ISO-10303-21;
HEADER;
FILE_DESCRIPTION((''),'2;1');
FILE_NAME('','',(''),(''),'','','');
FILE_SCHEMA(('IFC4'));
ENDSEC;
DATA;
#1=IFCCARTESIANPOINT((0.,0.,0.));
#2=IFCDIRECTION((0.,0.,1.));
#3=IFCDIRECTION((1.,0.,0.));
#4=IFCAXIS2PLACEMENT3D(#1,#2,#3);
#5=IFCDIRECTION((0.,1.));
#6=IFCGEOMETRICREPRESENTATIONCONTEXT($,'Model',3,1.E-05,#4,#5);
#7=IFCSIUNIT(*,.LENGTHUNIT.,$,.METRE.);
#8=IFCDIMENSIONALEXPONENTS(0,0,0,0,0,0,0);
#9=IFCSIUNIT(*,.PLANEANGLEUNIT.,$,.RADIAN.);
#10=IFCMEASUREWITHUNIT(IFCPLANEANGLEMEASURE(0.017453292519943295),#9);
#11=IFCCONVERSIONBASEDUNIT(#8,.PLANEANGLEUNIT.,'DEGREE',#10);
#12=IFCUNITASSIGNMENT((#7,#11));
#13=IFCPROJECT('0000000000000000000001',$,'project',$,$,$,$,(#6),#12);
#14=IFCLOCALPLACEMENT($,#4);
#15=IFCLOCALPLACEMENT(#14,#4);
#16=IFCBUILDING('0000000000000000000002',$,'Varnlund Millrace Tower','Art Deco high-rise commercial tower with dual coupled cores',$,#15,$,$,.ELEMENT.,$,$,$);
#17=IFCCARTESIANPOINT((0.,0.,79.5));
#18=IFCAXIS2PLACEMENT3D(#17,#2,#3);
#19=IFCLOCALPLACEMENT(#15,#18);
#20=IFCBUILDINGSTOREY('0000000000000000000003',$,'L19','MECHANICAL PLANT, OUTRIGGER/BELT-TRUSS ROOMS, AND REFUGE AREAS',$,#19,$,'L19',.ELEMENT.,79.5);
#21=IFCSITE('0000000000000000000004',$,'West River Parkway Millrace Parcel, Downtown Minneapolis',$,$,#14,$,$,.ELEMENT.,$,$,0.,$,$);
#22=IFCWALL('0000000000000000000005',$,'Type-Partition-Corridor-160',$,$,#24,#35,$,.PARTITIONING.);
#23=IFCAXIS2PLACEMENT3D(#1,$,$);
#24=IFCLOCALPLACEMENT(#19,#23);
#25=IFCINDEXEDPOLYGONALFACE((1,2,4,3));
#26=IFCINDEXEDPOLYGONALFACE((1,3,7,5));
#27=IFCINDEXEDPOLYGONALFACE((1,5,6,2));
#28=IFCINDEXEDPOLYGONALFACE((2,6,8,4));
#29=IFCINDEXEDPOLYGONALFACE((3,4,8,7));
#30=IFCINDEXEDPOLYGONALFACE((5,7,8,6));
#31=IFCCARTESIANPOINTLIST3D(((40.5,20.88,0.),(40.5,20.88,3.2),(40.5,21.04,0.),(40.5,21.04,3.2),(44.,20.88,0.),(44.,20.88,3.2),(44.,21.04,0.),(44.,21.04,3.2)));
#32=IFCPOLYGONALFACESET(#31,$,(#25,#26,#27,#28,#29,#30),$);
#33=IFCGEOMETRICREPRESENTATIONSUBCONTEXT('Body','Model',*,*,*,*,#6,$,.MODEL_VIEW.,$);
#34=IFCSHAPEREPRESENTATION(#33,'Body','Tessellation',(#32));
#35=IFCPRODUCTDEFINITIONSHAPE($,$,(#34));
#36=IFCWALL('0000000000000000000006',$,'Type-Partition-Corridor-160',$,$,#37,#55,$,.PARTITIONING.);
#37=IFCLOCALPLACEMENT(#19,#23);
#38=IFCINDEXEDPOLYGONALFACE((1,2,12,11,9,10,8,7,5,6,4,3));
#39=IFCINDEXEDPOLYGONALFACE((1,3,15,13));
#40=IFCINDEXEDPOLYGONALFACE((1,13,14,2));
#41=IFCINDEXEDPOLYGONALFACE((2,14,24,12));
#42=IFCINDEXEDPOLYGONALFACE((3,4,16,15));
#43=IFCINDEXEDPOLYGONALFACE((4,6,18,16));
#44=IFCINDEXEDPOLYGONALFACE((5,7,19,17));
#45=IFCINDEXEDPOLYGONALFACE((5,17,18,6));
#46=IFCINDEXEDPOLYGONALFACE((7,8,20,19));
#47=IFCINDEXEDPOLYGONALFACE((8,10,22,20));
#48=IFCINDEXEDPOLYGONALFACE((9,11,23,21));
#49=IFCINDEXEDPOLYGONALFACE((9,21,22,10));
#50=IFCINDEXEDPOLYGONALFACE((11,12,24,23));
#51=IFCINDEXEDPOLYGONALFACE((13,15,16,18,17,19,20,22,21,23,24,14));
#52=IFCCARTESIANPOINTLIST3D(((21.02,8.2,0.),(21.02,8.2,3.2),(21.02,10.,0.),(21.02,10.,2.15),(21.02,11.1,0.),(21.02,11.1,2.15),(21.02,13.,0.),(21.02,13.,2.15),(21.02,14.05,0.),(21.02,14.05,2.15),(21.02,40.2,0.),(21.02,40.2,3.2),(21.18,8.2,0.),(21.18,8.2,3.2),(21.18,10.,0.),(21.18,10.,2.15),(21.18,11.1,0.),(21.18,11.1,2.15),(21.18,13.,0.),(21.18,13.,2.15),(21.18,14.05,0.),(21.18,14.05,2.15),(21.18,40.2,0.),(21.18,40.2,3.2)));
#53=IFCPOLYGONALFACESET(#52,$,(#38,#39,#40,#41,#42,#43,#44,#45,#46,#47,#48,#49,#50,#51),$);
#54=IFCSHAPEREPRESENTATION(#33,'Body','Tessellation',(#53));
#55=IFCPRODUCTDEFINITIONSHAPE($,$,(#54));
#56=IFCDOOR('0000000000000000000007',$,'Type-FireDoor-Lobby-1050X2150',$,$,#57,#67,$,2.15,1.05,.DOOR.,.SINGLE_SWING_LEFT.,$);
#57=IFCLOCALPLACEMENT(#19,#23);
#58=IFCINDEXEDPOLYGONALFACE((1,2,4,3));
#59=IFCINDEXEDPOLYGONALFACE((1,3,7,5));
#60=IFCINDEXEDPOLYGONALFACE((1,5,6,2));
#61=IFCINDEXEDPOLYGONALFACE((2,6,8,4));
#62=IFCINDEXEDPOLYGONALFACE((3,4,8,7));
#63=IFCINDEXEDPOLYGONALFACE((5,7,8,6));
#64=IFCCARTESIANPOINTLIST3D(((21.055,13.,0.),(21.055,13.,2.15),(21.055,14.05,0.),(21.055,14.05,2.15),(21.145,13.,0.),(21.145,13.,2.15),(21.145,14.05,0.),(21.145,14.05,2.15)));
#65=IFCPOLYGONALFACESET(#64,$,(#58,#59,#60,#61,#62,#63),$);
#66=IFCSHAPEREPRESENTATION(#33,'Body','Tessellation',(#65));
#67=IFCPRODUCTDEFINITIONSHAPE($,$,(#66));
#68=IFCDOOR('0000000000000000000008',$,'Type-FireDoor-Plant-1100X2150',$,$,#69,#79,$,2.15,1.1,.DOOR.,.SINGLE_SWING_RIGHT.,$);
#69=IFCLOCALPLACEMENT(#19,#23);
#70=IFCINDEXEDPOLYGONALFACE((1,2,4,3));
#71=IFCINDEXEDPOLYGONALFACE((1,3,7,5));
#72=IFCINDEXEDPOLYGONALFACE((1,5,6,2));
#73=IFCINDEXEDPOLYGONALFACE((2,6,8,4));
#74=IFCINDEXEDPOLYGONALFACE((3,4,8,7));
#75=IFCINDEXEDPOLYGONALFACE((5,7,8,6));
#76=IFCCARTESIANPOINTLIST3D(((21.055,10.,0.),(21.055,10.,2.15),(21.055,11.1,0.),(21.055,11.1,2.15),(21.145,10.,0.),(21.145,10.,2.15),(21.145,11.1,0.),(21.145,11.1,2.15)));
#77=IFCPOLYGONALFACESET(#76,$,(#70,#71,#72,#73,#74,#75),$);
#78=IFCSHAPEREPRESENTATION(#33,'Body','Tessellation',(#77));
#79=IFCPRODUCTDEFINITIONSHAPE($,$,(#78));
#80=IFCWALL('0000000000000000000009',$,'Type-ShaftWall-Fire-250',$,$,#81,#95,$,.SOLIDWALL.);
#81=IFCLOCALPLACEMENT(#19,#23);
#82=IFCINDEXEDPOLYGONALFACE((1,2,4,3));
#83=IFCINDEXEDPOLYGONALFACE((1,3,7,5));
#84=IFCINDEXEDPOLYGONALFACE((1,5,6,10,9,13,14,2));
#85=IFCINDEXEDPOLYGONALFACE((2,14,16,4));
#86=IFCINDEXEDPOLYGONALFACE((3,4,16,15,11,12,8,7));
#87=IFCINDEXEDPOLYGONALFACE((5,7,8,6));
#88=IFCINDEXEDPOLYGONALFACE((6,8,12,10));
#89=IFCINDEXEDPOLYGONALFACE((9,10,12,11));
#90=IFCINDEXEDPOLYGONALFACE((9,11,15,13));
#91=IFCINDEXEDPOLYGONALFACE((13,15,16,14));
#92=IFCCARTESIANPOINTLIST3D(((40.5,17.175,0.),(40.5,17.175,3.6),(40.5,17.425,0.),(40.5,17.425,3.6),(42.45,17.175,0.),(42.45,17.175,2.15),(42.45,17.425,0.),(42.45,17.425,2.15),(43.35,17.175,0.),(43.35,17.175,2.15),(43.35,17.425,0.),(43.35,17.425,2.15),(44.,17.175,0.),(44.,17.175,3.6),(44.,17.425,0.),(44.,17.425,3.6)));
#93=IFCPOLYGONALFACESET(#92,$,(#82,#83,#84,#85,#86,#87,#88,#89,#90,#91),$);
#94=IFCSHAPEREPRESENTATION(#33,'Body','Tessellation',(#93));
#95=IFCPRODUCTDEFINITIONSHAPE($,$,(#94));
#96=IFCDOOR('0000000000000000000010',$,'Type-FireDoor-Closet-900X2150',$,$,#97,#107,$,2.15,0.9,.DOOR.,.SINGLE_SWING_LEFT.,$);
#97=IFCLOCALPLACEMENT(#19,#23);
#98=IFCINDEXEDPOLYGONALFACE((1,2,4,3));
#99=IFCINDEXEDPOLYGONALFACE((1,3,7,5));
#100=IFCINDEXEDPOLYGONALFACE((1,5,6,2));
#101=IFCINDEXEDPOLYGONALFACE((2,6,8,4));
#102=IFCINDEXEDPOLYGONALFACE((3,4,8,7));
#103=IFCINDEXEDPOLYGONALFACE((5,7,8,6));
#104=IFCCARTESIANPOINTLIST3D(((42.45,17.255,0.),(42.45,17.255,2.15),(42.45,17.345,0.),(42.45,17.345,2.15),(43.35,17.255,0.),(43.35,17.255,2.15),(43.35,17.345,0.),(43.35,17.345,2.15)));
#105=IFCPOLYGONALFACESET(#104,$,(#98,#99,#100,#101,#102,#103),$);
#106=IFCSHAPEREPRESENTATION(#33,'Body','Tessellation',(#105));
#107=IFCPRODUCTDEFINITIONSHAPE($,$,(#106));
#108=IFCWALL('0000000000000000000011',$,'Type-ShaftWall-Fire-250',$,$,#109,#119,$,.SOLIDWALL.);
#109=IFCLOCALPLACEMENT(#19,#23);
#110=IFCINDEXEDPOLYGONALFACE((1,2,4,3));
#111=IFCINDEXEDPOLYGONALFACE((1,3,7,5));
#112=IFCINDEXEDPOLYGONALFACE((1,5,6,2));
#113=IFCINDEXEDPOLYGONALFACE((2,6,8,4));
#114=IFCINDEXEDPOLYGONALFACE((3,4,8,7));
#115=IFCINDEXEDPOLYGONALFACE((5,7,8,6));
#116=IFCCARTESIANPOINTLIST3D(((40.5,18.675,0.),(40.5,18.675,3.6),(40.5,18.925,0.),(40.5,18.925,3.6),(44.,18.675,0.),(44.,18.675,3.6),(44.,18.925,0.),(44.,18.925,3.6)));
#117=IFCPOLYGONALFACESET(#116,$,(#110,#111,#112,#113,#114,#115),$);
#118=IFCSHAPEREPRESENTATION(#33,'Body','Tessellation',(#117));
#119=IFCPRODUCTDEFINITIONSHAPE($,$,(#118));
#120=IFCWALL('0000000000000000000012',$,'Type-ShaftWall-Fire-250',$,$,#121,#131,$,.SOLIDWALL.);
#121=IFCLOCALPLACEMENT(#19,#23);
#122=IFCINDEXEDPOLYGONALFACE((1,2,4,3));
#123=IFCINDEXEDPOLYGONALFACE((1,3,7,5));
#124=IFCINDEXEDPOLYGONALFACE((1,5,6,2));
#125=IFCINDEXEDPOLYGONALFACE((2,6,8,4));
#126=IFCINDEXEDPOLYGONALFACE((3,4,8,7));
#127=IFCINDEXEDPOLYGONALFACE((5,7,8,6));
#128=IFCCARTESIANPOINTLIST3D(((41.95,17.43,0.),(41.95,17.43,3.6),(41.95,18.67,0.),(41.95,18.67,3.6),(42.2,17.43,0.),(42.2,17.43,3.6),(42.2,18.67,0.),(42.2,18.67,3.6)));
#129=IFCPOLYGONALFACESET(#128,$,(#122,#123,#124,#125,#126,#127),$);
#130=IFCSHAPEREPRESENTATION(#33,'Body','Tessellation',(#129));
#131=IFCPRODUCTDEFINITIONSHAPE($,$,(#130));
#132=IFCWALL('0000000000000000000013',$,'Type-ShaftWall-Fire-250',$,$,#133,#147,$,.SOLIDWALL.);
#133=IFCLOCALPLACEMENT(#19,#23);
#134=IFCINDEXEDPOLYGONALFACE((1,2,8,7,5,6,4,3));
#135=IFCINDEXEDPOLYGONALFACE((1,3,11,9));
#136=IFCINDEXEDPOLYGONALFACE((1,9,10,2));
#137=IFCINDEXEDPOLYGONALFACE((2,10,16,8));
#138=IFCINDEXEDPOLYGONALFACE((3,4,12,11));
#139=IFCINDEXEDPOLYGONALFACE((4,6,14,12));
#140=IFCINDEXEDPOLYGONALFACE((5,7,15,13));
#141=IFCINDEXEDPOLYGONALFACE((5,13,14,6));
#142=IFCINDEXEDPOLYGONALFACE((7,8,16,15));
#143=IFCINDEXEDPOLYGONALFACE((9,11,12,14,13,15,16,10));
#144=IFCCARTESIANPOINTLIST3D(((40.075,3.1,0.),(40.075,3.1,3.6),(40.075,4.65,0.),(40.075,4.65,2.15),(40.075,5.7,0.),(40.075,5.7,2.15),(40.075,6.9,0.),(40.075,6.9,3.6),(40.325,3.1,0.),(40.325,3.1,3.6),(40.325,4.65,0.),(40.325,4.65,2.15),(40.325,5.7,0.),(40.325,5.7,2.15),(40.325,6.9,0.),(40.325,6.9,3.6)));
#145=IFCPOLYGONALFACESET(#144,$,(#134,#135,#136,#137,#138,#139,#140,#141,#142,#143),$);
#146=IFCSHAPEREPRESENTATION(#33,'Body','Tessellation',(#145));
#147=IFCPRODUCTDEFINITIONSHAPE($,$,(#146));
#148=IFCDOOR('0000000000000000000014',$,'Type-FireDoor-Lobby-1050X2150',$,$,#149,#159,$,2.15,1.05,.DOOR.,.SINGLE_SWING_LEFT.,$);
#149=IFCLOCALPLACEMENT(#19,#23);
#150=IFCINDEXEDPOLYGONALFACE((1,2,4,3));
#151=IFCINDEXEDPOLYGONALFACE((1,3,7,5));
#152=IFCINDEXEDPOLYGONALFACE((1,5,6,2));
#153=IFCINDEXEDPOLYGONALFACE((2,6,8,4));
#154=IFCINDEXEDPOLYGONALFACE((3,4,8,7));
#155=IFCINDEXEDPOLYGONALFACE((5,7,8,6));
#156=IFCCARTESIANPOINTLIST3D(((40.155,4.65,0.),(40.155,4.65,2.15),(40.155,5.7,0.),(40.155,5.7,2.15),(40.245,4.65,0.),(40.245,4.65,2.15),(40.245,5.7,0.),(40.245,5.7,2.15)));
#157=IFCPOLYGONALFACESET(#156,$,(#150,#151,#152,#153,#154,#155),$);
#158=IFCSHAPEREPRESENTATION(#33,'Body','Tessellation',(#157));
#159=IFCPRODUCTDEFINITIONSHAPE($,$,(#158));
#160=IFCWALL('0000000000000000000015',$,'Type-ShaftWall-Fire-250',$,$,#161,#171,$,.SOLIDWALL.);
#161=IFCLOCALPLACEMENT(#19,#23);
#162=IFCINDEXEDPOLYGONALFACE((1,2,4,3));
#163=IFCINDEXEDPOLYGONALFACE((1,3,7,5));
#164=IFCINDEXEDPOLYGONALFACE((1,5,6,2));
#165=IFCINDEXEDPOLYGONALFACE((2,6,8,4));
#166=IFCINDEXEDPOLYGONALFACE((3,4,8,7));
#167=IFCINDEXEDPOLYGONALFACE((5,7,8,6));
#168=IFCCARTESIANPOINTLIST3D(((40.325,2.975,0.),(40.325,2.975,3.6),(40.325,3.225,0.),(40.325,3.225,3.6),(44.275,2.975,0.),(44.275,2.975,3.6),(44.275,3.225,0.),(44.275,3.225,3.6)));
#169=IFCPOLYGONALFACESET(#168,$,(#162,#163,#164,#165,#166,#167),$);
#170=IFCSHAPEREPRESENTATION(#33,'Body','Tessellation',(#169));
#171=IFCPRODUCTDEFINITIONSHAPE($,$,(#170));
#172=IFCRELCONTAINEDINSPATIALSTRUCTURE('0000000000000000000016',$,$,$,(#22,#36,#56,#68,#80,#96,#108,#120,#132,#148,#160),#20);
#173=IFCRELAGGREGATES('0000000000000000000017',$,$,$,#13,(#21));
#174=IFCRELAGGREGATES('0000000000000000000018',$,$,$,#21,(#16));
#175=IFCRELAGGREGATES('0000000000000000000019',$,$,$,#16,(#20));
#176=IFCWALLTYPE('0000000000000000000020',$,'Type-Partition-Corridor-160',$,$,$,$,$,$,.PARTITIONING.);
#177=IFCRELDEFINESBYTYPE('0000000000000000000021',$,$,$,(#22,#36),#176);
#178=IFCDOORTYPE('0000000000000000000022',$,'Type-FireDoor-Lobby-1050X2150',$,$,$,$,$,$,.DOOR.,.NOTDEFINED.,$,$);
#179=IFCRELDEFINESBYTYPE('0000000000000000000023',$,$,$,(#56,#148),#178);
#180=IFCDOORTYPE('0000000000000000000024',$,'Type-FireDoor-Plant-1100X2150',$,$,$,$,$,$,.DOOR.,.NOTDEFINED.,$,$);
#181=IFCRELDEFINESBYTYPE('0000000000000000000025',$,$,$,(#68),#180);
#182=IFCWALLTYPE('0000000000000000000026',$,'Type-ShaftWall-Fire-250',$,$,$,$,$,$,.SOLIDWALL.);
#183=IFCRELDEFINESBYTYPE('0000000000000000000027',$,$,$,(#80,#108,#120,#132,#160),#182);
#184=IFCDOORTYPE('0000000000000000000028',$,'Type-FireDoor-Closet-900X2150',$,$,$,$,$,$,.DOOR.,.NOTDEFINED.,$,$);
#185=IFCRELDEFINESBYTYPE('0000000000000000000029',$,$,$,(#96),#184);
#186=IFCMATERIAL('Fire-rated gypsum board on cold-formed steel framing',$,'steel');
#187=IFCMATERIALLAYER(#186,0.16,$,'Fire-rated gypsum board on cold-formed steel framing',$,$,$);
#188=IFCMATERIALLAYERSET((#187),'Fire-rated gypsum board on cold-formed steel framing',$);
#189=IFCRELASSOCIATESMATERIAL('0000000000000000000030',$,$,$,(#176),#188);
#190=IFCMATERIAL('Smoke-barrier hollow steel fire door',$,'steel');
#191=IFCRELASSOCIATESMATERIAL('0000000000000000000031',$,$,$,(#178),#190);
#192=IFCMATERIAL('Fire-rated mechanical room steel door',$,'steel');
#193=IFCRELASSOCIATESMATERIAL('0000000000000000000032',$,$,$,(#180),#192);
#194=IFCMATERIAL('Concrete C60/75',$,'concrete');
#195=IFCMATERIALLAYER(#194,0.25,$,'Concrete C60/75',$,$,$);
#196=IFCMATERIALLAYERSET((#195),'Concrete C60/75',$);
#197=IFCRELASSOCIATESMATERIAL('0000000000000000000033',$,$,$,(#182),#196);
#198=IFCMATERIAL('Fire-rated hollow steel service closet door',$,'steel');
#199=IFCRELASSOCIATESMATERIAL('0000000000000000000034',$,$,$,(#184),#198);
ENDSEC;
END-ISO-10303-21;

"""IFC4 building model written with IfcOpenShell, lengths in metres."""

from ifc_helpers import new_model, entity, si_unit, converted_unit, direction, frame, origin_with_axes, origin_2d_with_axis, place, context, subcontext, project, spatial, polyline, rectangle, outline, extrude, material, layer, layer_set, type_object, element, fill, save


model = new_model("IFC4")

# Units and contexts
model_context = context("Model", 3, precision=1e-05, world=origin_with_axes(), true_north=direction((0.0, 1.0)))
body_context = subcontext(model_context, "Body", "Model", "MODEL_VIEW")
ifc_project = project(units=[si_unit("LENGTHUNIT", "METRE"), converted_unit("PLANEANGLEUNIT", "DEGREE", entity("IfcPlaneAngleMeasure", 0.017453292519943295), si_unit("PLANEANGLEUNIT", "RADIAN"), dimensions=[0, 0, 0, 0, 0, 0, 0])], contexts=[model_context])

# Site, building, storey
site_placement = place(None, origin_with_axes())
site = spatial("IfcSite", under=ifc_project, at=site_placement, Name="West River Parkway Millrace Parcel, Downtown Minneapolis", CompositionType="ELEMENT", RefElevation=0.0)
building_placement = place(site_placement, origin_with_axes())
building = spatial("IfcBuilding", under=site, at=building_placement, Name="Varnlund Millrace Tower", Description="Art Deco high-rise commercial tower with dual coupled cores", CompositionType="ELEMENT")
storey_placement = place(building_placement, frame((0.0, 0.0, 79.5), z_axis=(0.0, 0.0, 1.0), x_axis=(1.0, 0.0, 0.0)))
storey = spatial("IfcBuildingStorey", under=building, at=storey_placement, Name="L19", Description="MECHANICAL PLANT, OUTRIGGER/BELT-TRUSS ROOMS, AND REFUGE AREAS", LongName="L19", CompositionType="ELEMENT", Elevation=79.5)

# Wall
ifc_material_1 = material(Name="Fire-rated gypsum board on cold-formed steel framing", Category="steel")
ifc_layer_1 = layer(ifc_material_1, 0.16, Name="Fire-rated gypsum board on cold-formed steel framing")
ifc_layer_set_1 = layer_set([ifc_layer_1], Name="Fire-rated gypsum board on cold-formed steel framing")
wall_type_1 = type_object("IfcWallType", Name="Type-Partition-Corridor-160", PredefinedType="PARTITIONING", material=ifc_layer_set_1)
wall_1_placement = place(storey_placement, frame((40.5, 20.96, 0.0), z_axis=(0.0, 0.0, 1.0), x_axis=(1.0, 0.0, 0.0)))
element("IfcWall", 1, at=wall_1_placement, inside=storey, type_object=wall_type_1, Name="Type-Partition-Corridor-160", PredefinedType="PARTITIONING", context=body_context, shape_type="SweptSolid", body=[
    extrude(outline(polyline([(0.0, -0.08), (3.5, -0.08), (3.5, 0.08), (0.0, 0.08), (0.0, -0.08)])), origin_with_axes(), (0.0, 0.0, 1.0), 3.2),
])

# Wall, openings, doors
wall_2_placement = place(storey_placement, frame((21.1, 8.2, 0.0), z_axis=(0.0, 0.0, 1.0), x_axis=(0.0, 1.0, 0.0)))
wall_2 = element("IfcWall", 2, at=wall_2_placement, inside=storey, type_object=wall_type_1, Name="Type-Partition-Corridor-160", PredefinedType="PARTITIONING", context=body_context, shape_type="SweptSolid", body=[
    extrude(outline(polyline([(0.0, -0.08), (32.0, -0.08), (32.0, 0.08), (0.0, 0.08), (0.0, -0.08)])), origin_with_axes(), (0.0, 0.0, 1.0), 3.2),
])
opening_1_placement = place(wall_2_placement, frame((5.325, 0.0, 0.0), z_axis=(0.0, 0.0, 1.0), x_axis=(1.0, 0.0, 0.0)))
opening_1 = element("IfcOpeningElement", 3, at=opening_1_placement, cuts=wall_2, PredefinedType="OPENING", context=body_context, shape_type="SweptSolid", body=[
    extrude(rectangle(XDim=1.05, YDim=0.18, at=origin_2d_with_axis()), origin_with_axes(), (0.0, 0.0, 1.0), 2.15),
])
opening_2_placement = place(wall_2_placement, frame((2.35, 0.0, 0.0), z_axis=(0.0, 0.0, 1.0), x_axis=(1.0, 0.0, 0.0)))
opening_2 = element("IfcOpeningElement", 4, at=opening_2_placement, cuts=wall_2, PredefinedType="OPENING", context=body_context, shape_type="SweptSolid", body=[
    extrude(rectangle(XDim=1.1, YDim=0.18, at=origin_2d_with_axis()), origin_with_axes(), (0.0, 0.0, 1.0), 2.15),
])
ifc_material_2 = material(Name="Smoke-barrier hollow steel fire door", Category="steel")
door_type_1 = type_object("IfcDoorType", Name="Type-FireDoor-Lobby-1050X2150", OperationType="NOTDEFINED", PredefinedType="DOOR", material=ifc_material_2)
door_1_placement = place(wall_2_placement, frame((5.325, 0.0, 0.0), z_axis=(0.0, 0.0, 1.0), x_axis=(1.0, 0.0, 0.0)))
door_1 = element("IfcDoor", 5, at=door_1_placement, inside=storey, type_object=door_type_1, Name="Type-FireDoor-Lobby-1050X2150", OperationType="SINGLE_SWING_LEFT", OverallHeight=2.15, OverallWidth=1.05, PredefinedType="DOOR", context=body_context, shape_type="SweptSolid", body=[
    extrude(rectangle(XDim=1.05, YDim=0.09, at=origin_2d_with_axis()), origin_with_axes(), (0.0, 0.0, 1.0), 2.15),
])
fill(opening_1, door_1)
ifc_material_3 = material(Name="Fire-rated mechanical room steel door", Category="steel")
door_type_2 = type_object("IfcDoorType", Name="Type-FireDoor-Plant-1100X2150", OperationType="NOTDEFINED", PredefinedType="DOOR", material=ifc_material_3)
door_2_placement = place(wall_2_placement, frame((2.35, 0.0, 0.0), z_axis=(0.0, 0.0, 1.0), x_axis=(1.0, 0.0, 0.0)))
door_2 = element("IfcDoor", 6, at=door_2_placement, inside=storey, type_object=door_type_2, Name="Type-FireDoor-Plant-1100X2150", OperationType="SINGLE_SWING_RIGHT", OverallHeight=2.15, OverallWidth=1.1, PredefinedType="DOOR", context=body_context, shape_type="SweptSolid", body=[
    extrude(rectangle(XDim=1.1, YDim=0.09, at=origin_2d_with_axis()), origin_with_axes(), (0.0, 0.0, 1.0), 2.15),
])
fill(opening_2, door_2)

# Wall, opening, door
ifc_material_4 = material(Name="Concrete C60/75", Category="concrete")
ifc_layer_2 = layer(ifc_material_4, 0.25, Name="Concrete C60/75")
ifc_layer_set_2 = layer_set([ifc_layer_2], Name="Concrete C60/75")
wall_type_2 = type_object("IfcWallType", Name="Type-ShaftWall-Fire-250", PredefinedType="SOLIDWALL", material=ifc_layer_set_2)
wall_3_placement = place(storey_placement, frame((40.5, 17.3, 0.0), z_axis=(0.0, 0.0, 1.0), x_axis=(1.0, 0.0, 0.0)))
wall_3 = element("IfcWall", 7, at=wall_3_placement, inside=storey, type_object=wall_type_2, Name="Type-ShaftWall-Fire-250", PredefinedType="SOLIDWALL", context=body_context, shape_type="SweptSolid", body=[
    extrude(outline(polyline([(0.0, -0.125), (3.5, -0.125), (3.5, 0.125), (0.0, 0.125), (0.0, -0.125)])), origin_with_axes(), (0.0, 0.0, 1.0), 3.6),
])
opening_3_placement = place(wall_3_placement, frame((2.4, 0.0, 0.0), z_axis=(0.0, 0.0, 1.0), x_axis=(1.0, 0.0, 0.0)))
opening_3 = element("IfcOpeningElement", 8, at=opening_3_placement, cuts=wall_3, PredefinedType="OPENING", context=body_context, shape_type="SweptSolid", body=[
    extrude(rectangle(XDim=0.9, YDim=0.27, at=origin_2d_with_axis()), origin_with_axes(), (0.0, 0.0, 1.0), 2.15),
])
ifc_material_5 = material(Name="Fire-rated hollow steel service closet door", Category="steel")
door_type_3 = type_object("IfcDoorType", Name="Type-FireDoor-Closet-900X2150", OperationType="NOTDEFINED", PredefinedType="DOOR", material=ifc_material_5)
door_3_placement = place(wall_3_placement, frame((2.4, 0.0, 0.0), z_axis=(0.0, 0.0, 1.0), x_axis=(1.0, 0.0, 0.0)))
door_3 = element("IfcDoor", 9, at=door_3_placement, inside=storey, type_object=door_type_3, Name="Type-FireDoor-Closet-900X2150", OperationType="SINGLE_SWING_LEFT", OverallHeight=2.15, OverallWidth=0.9, PredefinedType="DOOR", context=body_context, shape_type="SweptSolid", body=[
    extrude(rectangle(XDim=0.9, YDim=0.09, at=origin_2d_with_axis()), origin_with_axes(), (0.0, 0.0, 1.0), 2.15),
])
fill(opening_3, door_3)

# Walls
wall_4_placement = place(storey_placement, frame((40.5, 18.8, 0.0), z_axis=(0.0, 0.0, 1.0), x_axis=(1.0, 0.0, 0.0)))
element("IfcWall", 10, at=wall_4_placement, inside=storey, type_object=wall_type_2, Name="Type-ShaftWall-Fire-250", PredefinedType="SOLIDWALL", context=body_context, shape_type="SweptSolid", body=[
    extrude(outline(polyline([(0.0, -0.125), (3.5, -0.125), (3.5, 0.125), (0.0, 0.125), (0.0, -0.125)])), origin_with_axes(), (0.0, 0.0, 1.0), 3.6),
])
wall_5_placement = place(storey_placement, frame((42.075, 17.43, 0.0), z_axis=(0.0, 0.0, 1.0), x_axis=(0.0, 1.0, 0.0)))
element("IfcWall", 11, at=wall_5_placement, inside=storey, type_object=wall_type_2, Name="Type-ShaftWall-Fire-250", PredefinedType="SOLIDWALL", context=body_context, shape_type="SweptSolid", body=[
    extrude(outline(polyline([(0.0, -0.125), (1.24, -0.125), (1.24, 0.125), (0.0, 0.125), (0.0, -0.125)])), origin_with_axes(), (0.0, 0.0, 1.0), 3.6),
])

# Wall, opening, door
wall_6_placement = place(storey_placement, frame((40.2, 3.1, 0.0), z_axis=(0.0, 0.0, 1.0), x_axis=(0.0, 1.0, 0.0)))
wall_6 = element("IfcWall", 12, at=wall_6_placement, inside=storey, type_object=wall_type_2, Name="Type-ShaftWall-Fire-250", PredefinedType="SOLIDWALL", context=body_context, shape_type="SweptSolid", body=[
    extrude(outline(polyline([(0.0, -0.125), (3.8, -0.125), (3.8, 0.125), (0.0, 0.125), (0.0, -0.125)])), origin_with_axes(), (0.0, 0.0, 1.0), 3.6),
])
opening_4_placement = place(wall_6_placement, frame((2.075, 0.0, 0.0), z_axis=(0.0, 0.0, 1.0), x_axis=(1.0, 0.0, 0.0)))
opening_4 = element("IfcOpeningElement", 13, at=opening_4_placement, cuts=wall_6, PredefinedType="OPENING", context=body_context, shape_type="SweptSolid", body=[
    extrude(rectangle(XDim=1.05, YDim=0.27, at=origin_2d_with_axis()), origin_with_axes(), (0.0, 0.0, 1.0), 2.15),
])
door_4_placement = place(wall_6_placement, frame((2.075, 0.0, 0.0), z_axis=(0.0, 0.0, 1.0), x_axis=(1.0, 0.0, 0.0)))
door_4 = element("IfcDoor", 14, at=door_4_placement, inside=storey, type_object=door_type_1, Name="Type-FireDoor-Lobby-1050X2150", OperationType="SINGLE_SWING_LEFT", OverallHeight=2.15, OverallWidth=1.05, PredefinedType="DOOR", context=body_context, shape_type="SweptSolid", body=[
    extrude(rectangle(XDim=1.05, YDim=0.09, at=origin_2d_with_axis()), origin_with_axes(), (0.0, 0.0, 1.0), 2.15),
])
fill(opening_4, door_4)

# Wall
wall_7_placement = place(storey_placement, frame((40.325, 3.1, 0.0), z_axis=(0.0, 0.0, 1.0), x_axis=(1.0, 0.0, 0.0)))
element("IfcWall", 15, at=wall_7_placement, inside=storey, type_object=wall_type_2, Name="Type-ShaftWall-Fire-250", PredefinedType="SOLIDWALL", context=body_context, shape_type="SweptSolid", body=[
    extrude(outline(polyline([(0.0, -0.125), (3.95, -0.125), (3.95, 0.125), (0.0, 0.125), (0.0, -0.125)])), origin_with_axes(), (0.0, 0.0, 1.0), 3.6),
])

save(model, "model.ifc")
